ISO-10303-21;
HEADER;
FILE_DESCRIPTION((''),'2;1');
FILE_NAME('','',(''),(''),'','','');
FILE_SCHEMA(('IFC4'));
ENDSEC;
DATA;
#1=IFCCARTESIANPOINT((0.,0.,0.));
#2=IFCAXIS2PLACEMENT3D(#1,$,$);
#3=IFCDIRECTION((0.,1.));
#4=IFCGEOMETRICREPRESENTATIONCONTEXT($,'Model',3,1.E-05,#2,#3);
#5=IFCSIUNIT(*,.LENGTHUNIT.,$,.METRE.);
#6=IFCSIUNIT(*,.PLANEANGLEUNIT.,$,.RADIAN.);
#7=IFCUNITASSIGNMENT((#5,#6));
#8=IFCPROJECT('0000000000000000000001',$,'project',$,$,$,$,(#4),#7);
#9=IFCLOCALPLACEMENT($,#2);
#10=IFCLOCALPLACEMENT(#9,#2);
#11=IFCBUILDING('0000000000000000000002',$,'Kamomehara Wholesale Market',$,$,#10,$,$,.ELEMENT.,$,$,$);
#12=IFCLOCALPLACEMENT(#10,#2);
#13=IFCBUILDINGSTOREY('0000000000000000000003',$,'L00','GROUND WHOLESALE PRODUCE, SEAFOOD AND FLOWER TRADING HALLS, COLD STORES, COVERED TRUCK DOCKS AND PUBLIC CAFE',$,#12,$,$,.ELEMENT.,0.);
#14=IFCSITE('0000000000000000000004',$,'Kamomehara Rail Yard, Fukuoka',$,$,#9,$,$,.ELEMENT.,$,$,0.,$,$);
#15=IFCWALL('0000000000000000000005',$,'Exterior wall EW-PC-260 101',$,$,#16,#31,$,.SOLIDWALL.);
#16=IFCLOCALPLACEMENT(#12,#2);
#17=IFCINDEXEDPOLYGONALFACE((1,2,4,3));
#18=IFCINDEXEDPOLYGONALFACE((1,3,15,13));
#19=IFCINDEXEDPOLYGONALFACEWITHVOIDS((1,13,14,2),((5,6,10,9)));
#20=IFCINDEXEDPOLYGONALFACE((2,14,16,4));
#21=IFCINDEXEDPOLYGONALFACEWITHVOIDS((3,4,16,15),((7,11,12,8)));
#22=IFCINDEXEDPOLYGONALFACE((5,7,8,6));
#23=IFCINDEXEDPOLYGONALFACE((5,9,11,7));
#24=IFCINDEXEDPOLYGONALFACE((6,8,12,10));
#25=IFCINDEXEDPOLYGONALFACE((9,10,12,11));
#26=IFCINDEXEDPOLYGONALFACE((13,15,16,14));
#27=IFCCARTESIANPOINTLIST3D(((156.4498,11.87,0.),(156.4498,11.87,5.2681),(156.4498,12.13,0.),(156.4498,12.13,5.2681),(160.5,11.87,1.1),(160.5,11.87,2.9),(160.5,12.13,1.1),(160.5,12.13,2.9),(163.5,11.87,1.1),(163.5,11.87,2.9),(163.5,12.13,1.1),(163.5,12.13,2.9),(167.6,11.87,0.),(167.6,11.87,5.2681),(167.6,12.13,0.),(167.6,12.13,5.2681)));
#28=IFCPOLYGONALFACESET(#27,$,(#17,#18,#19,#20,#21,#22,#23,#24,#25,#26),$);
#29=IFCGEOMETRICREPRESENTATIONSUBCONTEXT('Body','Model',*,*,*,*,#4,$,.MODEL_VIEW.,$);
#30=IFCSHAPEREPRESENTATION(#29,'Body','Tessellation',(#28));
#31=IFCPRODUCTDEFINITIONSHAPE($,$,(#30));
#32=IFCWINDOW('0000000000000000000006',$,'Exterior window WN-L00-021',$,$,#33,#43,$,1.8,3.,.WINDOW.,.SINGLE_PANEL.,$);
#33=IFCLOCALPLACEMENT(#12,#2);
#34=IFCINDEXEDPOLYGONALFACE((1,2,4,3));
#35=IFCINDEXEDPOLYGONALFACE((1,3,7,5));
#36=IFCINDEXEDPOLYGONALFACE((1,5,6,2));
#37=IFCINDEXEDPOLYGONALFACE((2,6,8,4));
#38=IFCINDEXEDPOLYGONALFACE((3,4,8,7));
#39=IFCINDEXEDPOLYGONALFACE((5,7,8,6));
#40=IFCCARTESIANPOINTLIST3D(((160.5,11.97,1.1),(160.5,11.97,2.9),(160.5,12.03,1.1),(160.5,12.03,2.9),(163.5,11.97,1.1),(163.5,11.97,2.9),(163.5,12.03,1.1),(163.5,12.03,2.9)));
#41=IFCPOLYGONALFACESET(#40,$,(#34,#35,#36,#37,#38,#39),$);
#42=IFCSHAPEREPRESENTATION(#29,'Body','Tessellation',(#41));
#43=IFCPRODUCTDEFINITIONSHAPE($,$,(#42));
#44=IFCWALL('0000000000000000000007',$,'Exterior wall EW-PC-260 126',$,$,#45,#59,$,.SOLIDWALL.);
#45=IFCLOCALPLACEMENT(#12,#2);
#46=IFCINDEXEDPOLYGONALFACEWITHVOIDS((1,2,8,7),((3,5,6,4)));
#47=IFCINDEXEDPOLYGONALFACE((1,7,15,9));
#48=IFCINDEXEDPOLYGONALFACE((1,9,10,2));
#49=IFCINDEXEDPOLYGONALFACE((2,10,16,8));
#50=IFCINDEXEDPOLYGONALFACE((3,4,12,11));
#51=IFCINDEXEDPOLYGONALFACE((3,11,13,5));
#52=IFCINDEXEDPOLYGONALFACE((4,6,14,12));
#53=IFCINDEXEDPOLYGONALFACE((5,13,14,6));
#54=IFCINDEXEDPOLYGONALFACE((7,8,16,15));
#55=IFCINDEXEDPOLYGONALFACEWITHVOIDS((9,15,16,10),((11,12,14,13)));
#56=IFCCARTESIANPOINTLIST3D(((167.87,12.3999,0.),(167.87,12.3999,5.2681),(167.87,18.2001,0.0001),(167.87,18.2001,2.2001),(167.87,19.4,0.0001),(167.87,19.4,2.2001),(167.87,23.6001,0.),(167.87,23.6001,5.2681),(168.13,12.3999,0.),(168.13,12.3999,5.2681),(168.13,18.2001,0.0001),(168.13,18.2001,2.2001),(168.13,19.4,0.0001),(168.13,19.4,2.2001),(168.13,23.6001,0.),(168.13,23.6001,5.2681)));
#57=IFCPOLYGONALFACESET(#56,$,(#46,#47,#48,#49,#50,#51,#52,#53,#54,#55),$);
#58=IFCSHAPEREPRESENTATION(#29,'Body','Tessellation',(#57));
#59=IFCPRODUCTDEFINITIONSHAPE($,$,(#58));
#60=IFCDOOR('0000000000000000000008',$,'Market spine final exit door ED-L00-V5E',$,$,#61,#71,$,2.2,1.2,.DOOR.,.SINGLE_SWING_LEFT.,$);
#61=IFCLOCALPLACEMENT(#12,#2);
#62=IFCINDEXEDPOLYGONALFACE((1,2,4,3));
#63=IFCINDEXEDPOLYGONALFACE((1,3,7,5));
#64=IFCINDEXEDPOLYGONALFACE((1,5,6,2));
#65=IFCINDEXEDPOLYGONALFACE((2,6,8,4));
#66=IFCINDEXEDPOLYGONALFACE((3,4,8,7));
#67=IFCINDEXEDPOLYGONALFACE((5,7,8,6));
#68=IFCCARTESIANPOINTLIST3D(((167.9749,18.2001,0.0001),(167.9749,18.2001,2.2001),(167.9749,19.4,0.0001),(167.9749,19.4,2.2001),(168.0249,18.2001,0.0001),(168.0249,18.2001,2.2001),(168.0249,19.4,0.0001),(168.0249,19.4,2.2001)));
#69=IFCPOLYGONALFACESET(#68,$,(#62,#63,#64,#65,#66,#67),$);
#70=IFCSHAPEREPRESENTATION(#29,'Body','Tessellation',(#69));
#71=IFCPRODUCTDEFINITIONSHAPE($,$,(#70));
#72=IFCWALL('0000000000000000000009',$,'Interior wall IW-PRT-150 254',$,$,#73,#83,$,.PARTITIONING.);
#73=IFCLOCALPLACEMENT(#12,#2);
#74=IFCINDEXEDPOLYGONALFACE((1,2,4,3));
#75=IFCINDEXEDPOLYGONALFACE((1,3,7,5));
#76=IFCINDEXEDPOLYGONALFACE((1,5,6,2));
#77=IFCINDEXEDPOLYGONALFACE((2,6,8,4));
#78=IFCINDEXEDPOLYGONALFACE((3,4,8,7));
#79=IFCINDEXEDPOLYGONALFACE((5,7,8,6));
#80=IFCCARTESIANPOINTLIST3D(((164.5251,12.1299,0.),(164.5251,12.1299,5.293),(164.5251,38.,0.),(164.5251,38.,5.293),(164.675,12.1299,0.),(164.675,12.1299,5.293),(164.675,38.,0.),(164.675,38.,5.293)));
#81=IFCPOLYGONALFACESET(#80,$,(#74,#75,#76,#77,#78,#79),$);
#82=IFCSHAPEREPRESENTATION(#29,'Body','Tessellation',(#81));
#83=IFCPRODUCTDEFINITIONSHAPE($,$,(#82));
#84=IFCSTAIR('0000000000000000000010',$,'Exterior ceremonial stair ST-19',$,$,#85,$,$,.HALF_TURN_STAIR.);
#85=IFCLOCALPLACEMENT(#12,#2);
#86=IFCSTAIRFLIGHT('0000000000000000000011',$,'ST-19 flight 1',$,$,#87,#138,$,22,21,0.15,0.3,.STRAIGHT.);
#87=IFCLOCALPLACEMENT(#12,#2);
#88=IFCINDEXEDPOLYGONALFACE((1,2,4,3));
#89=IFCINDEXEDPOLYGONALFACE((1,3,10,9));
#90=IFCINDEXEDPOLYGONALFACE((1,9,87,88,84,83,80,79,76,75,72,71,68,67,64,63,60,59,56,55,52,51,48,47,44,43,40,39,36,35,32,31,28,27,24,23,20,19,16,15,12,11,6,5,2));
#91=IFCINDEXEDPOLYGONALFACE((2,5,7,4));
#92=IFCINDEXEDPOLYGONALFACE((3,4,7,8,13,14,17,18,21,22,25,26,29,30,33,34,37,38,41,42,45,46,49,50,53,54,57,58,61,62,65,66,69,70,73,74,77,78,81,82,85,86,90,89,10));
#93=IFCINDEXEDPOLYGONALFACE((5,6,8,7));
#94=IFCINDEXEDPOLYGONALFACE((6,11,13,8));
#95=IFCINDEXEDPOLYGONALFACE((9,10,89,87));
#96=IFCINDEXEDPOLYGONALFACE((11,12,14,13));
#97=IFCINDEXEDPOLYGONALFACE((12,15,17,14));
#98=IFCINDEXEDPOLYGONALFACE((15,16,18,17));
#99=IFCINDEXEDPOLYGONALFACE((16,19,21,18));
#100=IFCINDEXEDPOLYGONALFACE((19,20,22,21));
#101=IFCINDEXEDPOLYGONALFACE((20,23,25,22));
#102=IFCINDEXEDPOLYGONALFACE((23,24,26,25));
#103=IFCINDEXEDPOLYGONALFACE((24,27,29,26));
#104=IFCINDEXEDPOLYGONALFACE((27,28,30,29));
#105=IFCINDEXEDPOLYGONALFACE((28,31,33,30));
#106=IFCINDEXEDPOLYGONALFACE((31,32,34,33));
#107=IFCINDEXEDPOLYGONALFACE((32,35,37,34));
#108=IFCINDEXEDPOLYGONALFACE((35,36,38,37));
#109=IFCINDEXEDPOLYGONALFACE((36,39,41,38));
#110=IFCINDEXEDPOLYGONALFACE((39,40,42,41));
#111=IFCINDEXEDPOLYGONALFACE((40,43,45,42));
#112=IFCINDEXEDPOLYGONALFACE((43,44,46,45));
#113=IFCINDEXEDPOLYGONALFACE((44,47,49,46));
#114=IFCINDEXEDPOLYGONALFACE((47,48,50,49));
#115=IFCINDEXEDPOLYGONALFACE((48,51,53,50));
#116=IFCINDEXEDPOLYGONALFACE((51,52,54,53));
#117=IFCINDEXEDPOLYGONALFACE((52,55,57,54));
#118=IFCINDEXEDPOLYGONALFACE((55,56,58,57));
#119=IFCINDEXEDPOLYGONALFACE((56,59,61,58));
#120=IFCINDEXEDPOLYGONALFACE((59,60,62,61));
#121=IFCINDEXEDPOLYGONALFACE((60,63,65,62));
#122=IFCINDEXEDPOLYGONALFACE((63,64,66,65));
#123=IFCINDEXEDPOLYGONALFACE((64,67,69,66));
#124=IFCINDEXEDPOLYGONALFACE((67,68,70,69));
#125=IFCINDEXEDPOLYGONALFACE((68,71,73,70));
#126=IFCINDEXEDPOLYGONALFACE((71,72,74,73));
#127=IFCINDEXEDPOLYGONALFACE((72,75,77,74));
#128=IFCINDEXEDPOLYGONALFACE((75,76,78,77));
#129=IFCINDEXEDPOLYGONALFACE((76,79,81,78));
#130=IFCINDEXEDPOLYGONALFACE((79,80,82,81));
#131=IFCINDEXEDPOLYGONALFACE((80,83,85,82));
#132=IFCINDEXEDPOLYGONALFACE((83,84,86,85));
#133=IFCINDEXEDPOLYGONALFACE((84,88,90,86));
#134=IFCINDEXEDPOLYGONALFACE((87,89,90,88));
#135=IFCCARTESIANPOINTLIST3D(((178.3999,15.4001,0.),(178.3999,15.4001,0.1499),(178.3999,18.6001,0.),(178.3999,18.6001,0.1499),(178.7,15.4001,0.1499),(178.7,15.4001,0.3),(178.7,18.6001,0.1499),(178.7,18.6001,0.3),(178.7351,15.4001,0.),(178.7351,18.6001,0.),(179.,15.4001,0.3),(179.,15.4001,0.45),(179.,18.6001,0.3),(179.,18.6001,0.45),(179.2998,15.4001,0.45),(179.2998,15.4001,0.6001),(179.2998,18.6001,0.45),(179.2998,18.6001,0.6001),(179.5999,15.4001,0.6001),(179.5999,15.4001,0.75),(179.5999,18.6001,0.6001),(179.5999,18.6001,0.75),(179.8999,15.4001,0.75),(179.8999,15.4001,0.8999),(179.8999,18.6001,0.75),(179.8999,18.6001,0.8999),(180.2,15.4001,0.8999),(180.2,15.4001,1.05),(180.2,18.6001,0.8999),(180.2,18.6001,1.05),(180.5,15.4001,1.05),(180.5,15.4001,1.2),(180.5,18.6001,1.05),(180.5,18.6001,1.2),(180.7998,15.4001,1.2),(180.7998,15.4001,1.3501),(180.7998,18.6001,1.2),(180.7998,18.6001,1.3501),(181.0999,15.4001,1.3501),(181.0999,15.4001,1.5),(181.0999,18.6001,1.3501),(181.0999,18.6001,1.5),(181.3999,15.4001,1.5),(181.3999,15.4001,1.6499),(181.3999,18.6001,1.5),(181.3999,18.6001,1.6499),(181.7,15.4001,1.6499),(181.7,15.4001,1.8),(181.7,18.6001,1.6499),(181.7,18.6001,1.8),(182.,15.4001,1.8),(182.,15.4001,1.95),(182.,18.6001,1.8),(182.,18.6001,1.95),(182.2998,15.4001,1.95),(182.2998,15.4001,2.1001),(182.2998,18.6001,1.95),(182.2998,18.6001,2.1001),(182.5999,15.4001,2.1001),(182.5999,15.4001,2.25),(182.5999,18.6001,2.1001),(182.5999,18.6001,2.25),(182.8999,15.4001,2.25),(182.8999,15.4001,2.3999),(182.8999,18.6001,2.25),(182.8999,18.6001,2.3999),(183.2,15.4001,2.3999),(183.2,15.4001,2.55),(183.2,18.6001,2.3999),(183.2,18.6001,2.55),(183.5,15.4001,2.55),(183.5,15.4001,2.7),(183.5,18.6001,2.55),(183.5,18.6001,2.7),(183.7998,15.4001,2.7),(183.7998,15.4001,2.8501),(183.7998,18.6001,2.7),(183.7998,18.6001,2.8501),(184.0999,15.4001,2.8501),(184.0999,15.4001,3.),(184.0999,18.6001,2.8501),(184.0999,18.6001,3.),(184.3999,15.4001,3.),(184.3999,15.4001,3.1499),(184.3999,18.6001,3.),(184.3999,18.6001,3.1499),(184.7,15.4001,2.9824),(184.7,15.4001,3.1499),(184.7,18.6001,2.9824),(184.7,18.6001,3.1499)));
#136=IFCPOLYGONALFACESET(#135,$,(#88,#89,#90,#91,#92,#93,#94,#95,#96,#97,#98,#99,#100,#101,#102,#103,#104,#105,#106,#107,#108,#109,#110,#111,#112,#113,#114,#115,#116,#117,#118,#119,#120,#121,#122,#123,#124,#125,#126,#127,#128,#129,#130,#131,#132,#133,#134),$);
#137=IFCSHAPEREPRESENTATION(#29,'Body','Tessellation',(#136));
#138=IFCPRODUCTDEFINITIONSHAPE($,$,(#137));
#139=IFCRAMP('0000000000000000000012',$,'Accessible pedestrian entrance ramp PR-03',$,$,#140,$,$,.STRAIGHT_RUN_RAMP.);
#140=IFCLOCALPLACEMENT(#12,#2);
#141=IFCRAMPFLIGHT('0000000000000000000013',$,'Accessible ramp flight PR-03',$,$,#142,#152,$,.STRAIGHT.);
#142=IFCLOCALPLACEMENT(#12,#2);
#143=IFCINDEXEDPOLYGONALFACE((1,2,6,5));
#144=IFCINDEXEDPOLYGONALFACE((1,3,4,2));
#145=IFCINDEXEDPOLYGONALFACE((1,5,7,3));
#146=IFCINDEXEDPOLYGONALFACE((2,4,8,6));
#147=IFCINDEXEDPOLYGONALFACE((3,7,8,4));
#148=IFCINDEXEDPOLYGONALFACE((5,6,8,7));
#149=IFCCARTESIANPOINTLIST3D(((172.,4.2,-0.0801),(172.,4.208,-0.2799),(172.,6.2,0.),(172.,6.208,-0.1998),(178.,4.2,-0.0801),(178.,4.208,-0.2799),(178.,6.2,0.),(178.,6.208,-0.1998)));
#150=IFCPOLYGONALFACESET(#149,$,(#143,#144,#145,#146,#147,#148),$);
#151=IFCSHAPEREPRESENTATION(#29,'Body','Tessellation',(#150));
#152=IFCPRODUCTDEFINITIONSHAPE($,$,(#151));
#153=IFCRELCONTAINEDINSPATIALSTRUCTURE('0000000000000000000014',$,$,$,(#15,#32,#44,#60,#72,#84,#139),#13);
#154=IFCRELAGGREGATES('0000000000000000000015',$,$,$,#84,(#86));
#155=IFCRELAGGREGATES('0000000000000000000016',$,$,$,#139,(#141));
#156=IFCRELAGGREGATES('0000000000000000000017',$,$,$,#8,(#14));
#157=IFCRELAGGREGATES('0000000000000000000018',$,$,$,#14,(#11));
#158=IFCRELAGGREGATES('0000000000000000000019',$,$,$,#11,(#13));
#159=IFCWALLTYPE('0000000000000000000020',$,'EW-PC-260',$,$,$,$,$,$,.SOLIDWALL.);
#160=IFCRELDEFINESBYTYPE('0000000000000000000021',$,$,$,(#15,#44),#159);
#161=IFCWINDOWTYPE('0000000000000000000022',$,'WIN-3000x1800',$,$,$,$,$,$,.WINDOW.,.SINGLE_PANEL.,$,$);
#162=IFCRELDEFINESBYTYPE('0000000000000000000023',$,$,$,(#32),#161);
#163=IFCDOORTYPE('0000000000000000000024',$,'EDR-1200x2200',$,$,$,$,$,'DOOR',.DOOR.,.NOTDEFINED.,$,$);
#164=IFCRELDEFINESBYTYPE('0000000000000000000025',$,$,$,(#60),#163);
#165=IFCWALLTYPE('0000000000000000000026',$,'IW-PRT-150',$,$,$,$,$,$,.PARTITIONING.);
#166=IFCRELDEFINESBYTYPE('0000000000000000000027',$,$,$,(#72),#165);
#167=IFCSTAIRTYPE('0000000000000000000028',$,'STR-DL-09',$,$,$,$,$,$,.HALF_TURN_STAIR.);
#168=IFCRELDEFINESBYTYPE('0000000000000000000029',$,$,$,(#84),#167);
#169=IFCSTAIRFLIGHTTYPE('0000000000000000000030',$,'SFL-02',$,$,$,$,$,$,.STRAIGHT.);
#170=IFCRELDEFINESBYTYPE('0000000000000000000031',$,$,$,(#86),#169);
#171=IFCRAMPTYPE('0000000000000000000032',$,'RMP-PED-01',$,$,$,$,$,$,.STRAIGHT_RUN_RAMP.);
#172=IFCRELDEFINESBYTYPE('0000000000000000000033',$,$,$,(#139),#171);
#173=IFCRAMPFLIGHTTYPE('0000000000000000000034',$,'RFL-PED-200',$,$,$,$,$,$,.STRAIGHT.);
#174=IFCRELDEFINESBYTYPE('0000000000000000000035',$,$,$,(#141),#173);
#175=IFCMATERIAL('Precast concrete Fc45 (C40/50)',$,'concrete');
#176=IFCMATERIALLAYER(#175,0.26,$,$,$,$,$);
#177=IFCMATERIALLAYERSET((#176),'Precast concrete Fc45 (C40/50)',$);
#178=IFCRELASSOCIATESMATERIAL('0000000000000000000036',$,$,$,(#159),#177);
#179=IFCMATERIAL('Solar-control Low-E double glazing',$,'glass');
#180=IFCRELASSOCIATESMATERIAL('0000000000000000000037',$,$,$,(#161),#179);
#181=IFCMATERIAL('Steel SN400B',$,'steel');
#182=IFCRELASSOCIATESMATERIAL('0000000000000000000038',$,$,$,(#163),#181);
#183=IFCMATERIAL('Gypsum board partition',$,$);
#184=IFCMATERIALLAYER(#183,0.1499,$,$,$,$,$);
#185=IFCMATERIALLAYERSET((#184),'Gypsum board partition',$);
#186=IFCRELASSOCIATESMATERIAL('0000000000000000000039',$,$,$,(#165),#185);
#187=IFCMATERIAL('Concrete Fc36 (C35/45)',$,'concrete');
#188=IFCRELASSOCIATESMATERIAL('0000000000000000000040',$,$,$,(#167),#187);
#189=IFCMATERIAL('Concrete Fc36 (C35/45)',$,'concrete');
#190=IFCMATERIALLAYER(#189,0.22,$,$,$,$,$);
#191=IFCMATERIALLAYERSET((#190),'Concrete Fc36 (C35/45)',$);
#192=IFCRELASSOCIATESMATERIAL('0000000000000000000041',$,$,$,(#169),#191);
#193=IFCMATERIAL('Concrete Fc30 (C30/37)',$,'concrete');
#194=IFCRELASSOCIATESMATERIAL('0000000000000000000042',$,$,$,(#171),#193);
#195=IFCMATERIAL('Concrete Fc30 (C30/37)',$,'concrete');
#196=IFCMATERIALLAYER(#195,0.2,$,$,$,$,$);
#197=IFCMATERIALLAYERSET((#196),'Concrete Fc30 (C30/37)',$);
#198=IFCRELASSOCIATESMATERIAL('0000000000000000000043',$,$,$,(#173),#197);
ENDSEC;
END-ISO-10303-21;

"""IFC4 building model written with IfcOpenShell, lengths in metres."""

from ifc_helpers import new_model, si_unit, direction, frame, frame_2d, origin, place, context, subcontext, project, spatial, polyline, rectangle, outline, extrude, material, layer, layer_set, type_object, element, fill, aggregate, save


model = new_model("IFC4")

# Units and contexts
model_context = context("Model", 3, precision=1e-05, world=origin(), true_north=direction((0.0, 1.0)))
body_context = subcontext(model_context, "Body", "Model", "MODEL_VIEW")
ifc_project = project(units=[si_unit("LENGTHUNIT", "METRE"), si_unit("PLANEANGLEUNIT", "RADIAN")], contexts=[model_context])

# Site, building, storey
site_placement = place(None, origin())
site = spatial("IfcSite", under=ifc_project, at=site_placement, Name="Kamomehara Rail Yard, Fukuoka", CompositionType="ELEMENT", RefElevation=0.0)
building_placement = place(site_placement, origin())
building = spatial("IfcBuilding", under=site, at=building_placement, Name="Kamomehara Wholesale Market", CompositionType="ELEMENT")
storey_placement = place(building_placement, origin())
storey = spatial("IfcBuildingStorey", under=building, at=storey_placement, Name="L00", Description="GROUND WHOLESALE PRODUCE, SEAFOOD AND FLOWER TRADING HALLS, COLD STORES, COVERED TRUCK DOCKS AND PUBLIC CAFE", CompositionType="ELEMENT", Elevation=0.0)

# Wall, opening, window
ifc_material_1 = material(Name="Precast concrete Fc45 (C40/50)", Category="concrete")
ifc_layer_1 = layer(ifc_material_1, 0.26)
ifc_layer_set_1 = layer_set([ifc_layer_1], Name="Precast concrete Fc45 (C40/50)")
wall_type_1 = type_object("IfcWallType", Name="EW-PC-260", PredefinedType="SOLIDWALL", material=ifc_layer_set_1)
wall_1_placement = place(storey_placement, frame((167.6001, 12.0, 0.0), z_axis=(0.0, 0.0, 1.0), x_axis=(-1.0, 0.0, 0.0)))
wall_1 = element("IfcWall", 1, at=wall_1_placement, inside=storey, type_object=wall_type_1, Name="Exterior wall EW-PC-260 101", PredefinedType="SOLIDWALL", context=body_context, shape_type="SweptSolid", body=[
    extrude(rectangle(XDim=11.1501, YDim=0.26, at=frame_2d((5.5752, 0.0))), origin(), (0.0, 0.0, 1.0), 5.2681),
])
opening_1_placement = place(wall_1_placement, frame((4.1001, 0.0, 1.1001)))
opening_1 = element("IfcOpeningElement", 2, at=opening_1_placement, cuts=wall_1, PredefinedType="OPENING", context=body_context, shape_type="SweptSolid", body=[
    extrude(rectangle(XDim=3.0, YDim=1.8, at=frame_2d((1.5, 0.8999))), frame((0.0, 0.145, 0.0), z_axis=(0.0, -1.0, 0.0), x_axis=(1.0, 0.0, 0.0)), (0.0, 0.0, 1.0), 0.2898),
])
ifc_material_2 = material(Name="Solar-control Low-E double glazing", Category="glass")
window_type = type_object("IfcWindowType", Name="WIN-3000x1800", PartitioningType="SINGLE_PANEL", PredefinedType="WINDOW", material=ifc_material_2)
window_placement = place(opening_1_placement, origin())
window = element("IfcWindow", 3, at=window_placement, inside=storey, type_object=window_type, Name="Exterior window WN-L00-021", OverallHeight=1.8, OverallWidth=3.0, PartitioningType="SINGLE_PANEL", PredefinedType="WINDOW", context=body_context, shape_type="SweptSolid", body=[
    extrude(rectangle(XDim=3.0, YDim=1.8, at=frame_2d((1.5, 0.8999))), frame((0.0, 0.03, 0.0), z_axis=(0.0, -1.0, 0.0), x_axis=(1.0, 0.0, 0.0)), (0.0, 0.0, 1.0), 0.0601),
])
fill(opening_1, window)

# Wall, opening, door
wall_2_placement = place(storey_placement, frame((168.0, 23.6001, 0.0), z_axis=(0.0, 0.0, 1.0), x_axis=(0.0, -1.0, 0.0)))
wall_2 = element("IfcWall", 4, at=wall_2_placement, inside=storey, type_object=wall_type_1, Name="Exterior wall EW-PC-260 126", PredefinedType="SOLIDWALL", context=body_context, shape_type="SweptSolid", body=[
    extrude(rectangle(XDim=11.2002, YDim=0.26, at=frame_2d((5.6001, 0.0))), origin(), (0.0, 0.0, 1.0), 5.2681),
])
opening_2_placement = place(wall_2_placement, frame((4.2, 0.0, 0.0)))
opening_2 = element("IfcOpeningElement", 5, at=opening_2_placement, cuts=wall_2, PredefinedType="OPENING", context=body_context, shape_type="SweptSolid", body=[
    extrude(rectangle(XDim=1.2, YDim=2.2, at=frame_2d((0.6001, 1.1001))), frame((0.0, 0.145, 0.0), z_axis=(0.0, -1.0, 0.0), x_axis=(1.0, 0.0, 0.0)), (0.0, 0.0, 1.0), 0.2898),
])
ifc_material_3 = material(Name="Steel SN400B", Category="steel")
door_type = type_object("IfcDoorType", Name="EDR-1200x2200", ElementType="DOOR", OperationType="NOTDEFINED", PredefinedType="DOOR", material=ifc_material_3)
door_placement = place(opening_2_placement, origin())
door = element("IfcDoor", 6, at=door_placement, inside=storey, type_object=door_type, Name="Market spine final exit door ED-L00-V5E", OperationType="SINGLE_SWING_LEFT", OverallHeight=2.2, OverallWidth=1.2, PredefinedType="DOOR", context=body_context, shape_type="SweptSolid", body=[
    extrude(rectangle(XDim=1.2, YDim=2.2, at=frame_2d((0.6001, 1.1001))), frame((0.0, 0.0249, 0.0), z_axis=(0.0, -1.0, 0.0), x_axis=(1.0, 0.0, 0.0)), (0.0, 0.0, 1.0), 0.05),
])
fill(opening_2, door)

# Wall
ifc_material_4 = material(Name="Gypsum board partition")
ifc_layer_2 = layer(ifc_material_4, 0.1499)
ifc_layer_set_2 = layer_set([ifc_layer_2], Name="Gypsum board partition")
wall_type_2 = type_object("IfcWallType", Name="IW-PRT-150", PredefinedType="PARTITIONING", material=ifc_layer_set_2)
wall_3_placement = place(storey_placement, frame((164.6001, 12.1299, 0.0), z_axis=(0.0, 0.0, 1.0), x_axis=(0.0, 1.0, 0.0)))
element("IfcWall", 7, at=wall_3_placement, inside=storey, type_object=wall_type_2, Name="Interior wall IW-PRT-150 254", PredefinedType="PARTITIONING", context=body_context, shape_type="SweptSolid", body=[
    extrude(rectangle(XDim=25.8701, YDim=0.1499, at=frame_2d((12.9351, 0.0))), origin(), (0.0, 0.0, 1.0), 5.293),
])

# Stair, stair flight
ifc_material_5 = material(Name="Concrete Fc36 (C35/45)", Category="concrete")
stair_type = type_object("IfcStairType", Name="STR-DL-09", PredefinedType="HALF_TURN_STAIR", material=ifc_material_5)
stair_placement = place(storey_placement, origin())
stair = element("IfcStair", 8, at=stair_placement, inside=storey, type_object=stair_type, Name="Exterior ceremonial stair ST-19", PredefinedType="HALF_TURN_STAIR")
ifc_material_6 = material(Name="Concrete Fc36 (C35/45)", Category="concrete")
ifc_layer_3 = layer(ifc_material_6, 0.22)
ifc_layer_set_3 = layer_set([ifc_layer_3], Name="Concrete Fc36 (C35/45)")
stair_flight_type = type_object("IfcStairFlightType", Name="SFL-02", PredefinedType="STRAIGHT", material=ifc_layer_set_3)
stair_flight_placement = place(storey_placement, frame((178.3999, 17.0, 0.0), z_axis=(0.0, 0.0, 1.0), x_axis=(1.0, 0.0, 0.0)))
stair_flight = element("IfcStairFlight", 9, at=stair_flight_placement, type_object=stair_flight_type, Name="ST-19 flight 1", NumberOfRisers=22, NumberOfTreads=21, PredefinedType="STRAIGHT", RiserHeight=0.15, TreadLength=0.3, context=body_context, shape_type="SweptSolid", body=[
    extrude(outline(polyline([(0.0, 0.0), (0.0, 0.1499), (0.3, 0.1499), (0.3, 0.3), (0.6001, 0.3), (0.6001, 0.45), (0.8999, 0.45), (0.8999, 0.6001), (1.2, 0.6001), (1.2, 0.75), (1.5, 0.75), (1.5, 0.8999), (1.8, 0.8999), (1.8, 1.05), (2.1001, 1.05), (2.1001, 1.2), (2.3999, 1.2), (2.3999, 1.3501), (2.7, 1.3501), (2.7, 1.5), (3.0, 1.5), (3.0, 1.6499), (3.3, 1.6499), (3.3, 1.8), (3.6001, 1.8), (3.6001, 1.95), (3.8999, 1.95), (3.8999, 2.1001), (4.2, 2.1001), (4.2, 2.25), (4.5, 2.25), (4.5, 2.3999), (4.8, 2.3999), (4.8, 2.55), (5.1001, 2.55), (5.1001, 2.7), (5.3999, 2.7), (5.3999, 2.8501), (5.7, 2.8501), (5.7, 3.0), (6.0, 3.0), (6.0, 3.1499), (6.3, 3.1499), (6.3, 3.3), (6.3, 2.9824), (0.3352, 0.0), (0.0, 0.0)])), frame((0.0, 1.6001, 0.0), z_axis=(0.0, -1.0, 0.0), x_axis=(1.0, 0.0, 0.0)), (0.0, 0.0, 1.0), 3.2),
])
aggregate(stair, [stair_flight])

# Ramp, ramp flight
ifc_material_7 = material(Name="Concrete Fc30 (C30/37)", Category="concrete")
ramp_type = type_object("IfcRampType", Name="RMP-PED-01", PredefinedType="STRAIGHT_RUN_RAMP", material=ifc_material_7)
ramp_placement = place(storey_placement, origin())
ramp = element("IfcRamp", 10, at=ramp_placement, inside=storey, type_object=ramp_type, Name="Accessible pedestrian entrance ramp PR-03", PredefinedType="STRAIGHT_RUN_RAMP")
ifc_material_8 = material(Name="Concrete Fc30 (C30/37)", Category="concrete")
ifc_layer_4 = layer(ifc_material_8, 0.2)
ifc_layer_set_4 = layer_set([ifc_layer_4], Name="Concrete Fc30 (C30/37)")
ramp_flight_type = type_object("IfcRampFlightType", Name="RFL-PED-200", PredefinedType="STRAIGHT", material=ifc_layer_set_4)
ramp_flight_placement = place(storey_placement, frame((172.0, 4.2, -0.0801), z_axis=(0.0, -0.040007, 0.999199), x_axis=(1.0, 0.0, 0.0)))
ramp_flight = element("IfcRampFlight", 11, at=ramp_flight_placement, type_object=ramp_flight_type, Name="Accessible ramp flight PR-03", PredefinedType="STRAIGHT", context=body_context, shape_type="SweptSolid", body=[
    extrude(outline(polyline([(0.0, 0.0), (6.0, 0.0), (6.0, 2.0016), (0.0, 2.0016), (0.0, 0.0)])), origin(), (0.0, 0.0, -1.0), 0.2),
])
aggregate(ramp, [ramp_flight])

save(model, "model.ifc")
